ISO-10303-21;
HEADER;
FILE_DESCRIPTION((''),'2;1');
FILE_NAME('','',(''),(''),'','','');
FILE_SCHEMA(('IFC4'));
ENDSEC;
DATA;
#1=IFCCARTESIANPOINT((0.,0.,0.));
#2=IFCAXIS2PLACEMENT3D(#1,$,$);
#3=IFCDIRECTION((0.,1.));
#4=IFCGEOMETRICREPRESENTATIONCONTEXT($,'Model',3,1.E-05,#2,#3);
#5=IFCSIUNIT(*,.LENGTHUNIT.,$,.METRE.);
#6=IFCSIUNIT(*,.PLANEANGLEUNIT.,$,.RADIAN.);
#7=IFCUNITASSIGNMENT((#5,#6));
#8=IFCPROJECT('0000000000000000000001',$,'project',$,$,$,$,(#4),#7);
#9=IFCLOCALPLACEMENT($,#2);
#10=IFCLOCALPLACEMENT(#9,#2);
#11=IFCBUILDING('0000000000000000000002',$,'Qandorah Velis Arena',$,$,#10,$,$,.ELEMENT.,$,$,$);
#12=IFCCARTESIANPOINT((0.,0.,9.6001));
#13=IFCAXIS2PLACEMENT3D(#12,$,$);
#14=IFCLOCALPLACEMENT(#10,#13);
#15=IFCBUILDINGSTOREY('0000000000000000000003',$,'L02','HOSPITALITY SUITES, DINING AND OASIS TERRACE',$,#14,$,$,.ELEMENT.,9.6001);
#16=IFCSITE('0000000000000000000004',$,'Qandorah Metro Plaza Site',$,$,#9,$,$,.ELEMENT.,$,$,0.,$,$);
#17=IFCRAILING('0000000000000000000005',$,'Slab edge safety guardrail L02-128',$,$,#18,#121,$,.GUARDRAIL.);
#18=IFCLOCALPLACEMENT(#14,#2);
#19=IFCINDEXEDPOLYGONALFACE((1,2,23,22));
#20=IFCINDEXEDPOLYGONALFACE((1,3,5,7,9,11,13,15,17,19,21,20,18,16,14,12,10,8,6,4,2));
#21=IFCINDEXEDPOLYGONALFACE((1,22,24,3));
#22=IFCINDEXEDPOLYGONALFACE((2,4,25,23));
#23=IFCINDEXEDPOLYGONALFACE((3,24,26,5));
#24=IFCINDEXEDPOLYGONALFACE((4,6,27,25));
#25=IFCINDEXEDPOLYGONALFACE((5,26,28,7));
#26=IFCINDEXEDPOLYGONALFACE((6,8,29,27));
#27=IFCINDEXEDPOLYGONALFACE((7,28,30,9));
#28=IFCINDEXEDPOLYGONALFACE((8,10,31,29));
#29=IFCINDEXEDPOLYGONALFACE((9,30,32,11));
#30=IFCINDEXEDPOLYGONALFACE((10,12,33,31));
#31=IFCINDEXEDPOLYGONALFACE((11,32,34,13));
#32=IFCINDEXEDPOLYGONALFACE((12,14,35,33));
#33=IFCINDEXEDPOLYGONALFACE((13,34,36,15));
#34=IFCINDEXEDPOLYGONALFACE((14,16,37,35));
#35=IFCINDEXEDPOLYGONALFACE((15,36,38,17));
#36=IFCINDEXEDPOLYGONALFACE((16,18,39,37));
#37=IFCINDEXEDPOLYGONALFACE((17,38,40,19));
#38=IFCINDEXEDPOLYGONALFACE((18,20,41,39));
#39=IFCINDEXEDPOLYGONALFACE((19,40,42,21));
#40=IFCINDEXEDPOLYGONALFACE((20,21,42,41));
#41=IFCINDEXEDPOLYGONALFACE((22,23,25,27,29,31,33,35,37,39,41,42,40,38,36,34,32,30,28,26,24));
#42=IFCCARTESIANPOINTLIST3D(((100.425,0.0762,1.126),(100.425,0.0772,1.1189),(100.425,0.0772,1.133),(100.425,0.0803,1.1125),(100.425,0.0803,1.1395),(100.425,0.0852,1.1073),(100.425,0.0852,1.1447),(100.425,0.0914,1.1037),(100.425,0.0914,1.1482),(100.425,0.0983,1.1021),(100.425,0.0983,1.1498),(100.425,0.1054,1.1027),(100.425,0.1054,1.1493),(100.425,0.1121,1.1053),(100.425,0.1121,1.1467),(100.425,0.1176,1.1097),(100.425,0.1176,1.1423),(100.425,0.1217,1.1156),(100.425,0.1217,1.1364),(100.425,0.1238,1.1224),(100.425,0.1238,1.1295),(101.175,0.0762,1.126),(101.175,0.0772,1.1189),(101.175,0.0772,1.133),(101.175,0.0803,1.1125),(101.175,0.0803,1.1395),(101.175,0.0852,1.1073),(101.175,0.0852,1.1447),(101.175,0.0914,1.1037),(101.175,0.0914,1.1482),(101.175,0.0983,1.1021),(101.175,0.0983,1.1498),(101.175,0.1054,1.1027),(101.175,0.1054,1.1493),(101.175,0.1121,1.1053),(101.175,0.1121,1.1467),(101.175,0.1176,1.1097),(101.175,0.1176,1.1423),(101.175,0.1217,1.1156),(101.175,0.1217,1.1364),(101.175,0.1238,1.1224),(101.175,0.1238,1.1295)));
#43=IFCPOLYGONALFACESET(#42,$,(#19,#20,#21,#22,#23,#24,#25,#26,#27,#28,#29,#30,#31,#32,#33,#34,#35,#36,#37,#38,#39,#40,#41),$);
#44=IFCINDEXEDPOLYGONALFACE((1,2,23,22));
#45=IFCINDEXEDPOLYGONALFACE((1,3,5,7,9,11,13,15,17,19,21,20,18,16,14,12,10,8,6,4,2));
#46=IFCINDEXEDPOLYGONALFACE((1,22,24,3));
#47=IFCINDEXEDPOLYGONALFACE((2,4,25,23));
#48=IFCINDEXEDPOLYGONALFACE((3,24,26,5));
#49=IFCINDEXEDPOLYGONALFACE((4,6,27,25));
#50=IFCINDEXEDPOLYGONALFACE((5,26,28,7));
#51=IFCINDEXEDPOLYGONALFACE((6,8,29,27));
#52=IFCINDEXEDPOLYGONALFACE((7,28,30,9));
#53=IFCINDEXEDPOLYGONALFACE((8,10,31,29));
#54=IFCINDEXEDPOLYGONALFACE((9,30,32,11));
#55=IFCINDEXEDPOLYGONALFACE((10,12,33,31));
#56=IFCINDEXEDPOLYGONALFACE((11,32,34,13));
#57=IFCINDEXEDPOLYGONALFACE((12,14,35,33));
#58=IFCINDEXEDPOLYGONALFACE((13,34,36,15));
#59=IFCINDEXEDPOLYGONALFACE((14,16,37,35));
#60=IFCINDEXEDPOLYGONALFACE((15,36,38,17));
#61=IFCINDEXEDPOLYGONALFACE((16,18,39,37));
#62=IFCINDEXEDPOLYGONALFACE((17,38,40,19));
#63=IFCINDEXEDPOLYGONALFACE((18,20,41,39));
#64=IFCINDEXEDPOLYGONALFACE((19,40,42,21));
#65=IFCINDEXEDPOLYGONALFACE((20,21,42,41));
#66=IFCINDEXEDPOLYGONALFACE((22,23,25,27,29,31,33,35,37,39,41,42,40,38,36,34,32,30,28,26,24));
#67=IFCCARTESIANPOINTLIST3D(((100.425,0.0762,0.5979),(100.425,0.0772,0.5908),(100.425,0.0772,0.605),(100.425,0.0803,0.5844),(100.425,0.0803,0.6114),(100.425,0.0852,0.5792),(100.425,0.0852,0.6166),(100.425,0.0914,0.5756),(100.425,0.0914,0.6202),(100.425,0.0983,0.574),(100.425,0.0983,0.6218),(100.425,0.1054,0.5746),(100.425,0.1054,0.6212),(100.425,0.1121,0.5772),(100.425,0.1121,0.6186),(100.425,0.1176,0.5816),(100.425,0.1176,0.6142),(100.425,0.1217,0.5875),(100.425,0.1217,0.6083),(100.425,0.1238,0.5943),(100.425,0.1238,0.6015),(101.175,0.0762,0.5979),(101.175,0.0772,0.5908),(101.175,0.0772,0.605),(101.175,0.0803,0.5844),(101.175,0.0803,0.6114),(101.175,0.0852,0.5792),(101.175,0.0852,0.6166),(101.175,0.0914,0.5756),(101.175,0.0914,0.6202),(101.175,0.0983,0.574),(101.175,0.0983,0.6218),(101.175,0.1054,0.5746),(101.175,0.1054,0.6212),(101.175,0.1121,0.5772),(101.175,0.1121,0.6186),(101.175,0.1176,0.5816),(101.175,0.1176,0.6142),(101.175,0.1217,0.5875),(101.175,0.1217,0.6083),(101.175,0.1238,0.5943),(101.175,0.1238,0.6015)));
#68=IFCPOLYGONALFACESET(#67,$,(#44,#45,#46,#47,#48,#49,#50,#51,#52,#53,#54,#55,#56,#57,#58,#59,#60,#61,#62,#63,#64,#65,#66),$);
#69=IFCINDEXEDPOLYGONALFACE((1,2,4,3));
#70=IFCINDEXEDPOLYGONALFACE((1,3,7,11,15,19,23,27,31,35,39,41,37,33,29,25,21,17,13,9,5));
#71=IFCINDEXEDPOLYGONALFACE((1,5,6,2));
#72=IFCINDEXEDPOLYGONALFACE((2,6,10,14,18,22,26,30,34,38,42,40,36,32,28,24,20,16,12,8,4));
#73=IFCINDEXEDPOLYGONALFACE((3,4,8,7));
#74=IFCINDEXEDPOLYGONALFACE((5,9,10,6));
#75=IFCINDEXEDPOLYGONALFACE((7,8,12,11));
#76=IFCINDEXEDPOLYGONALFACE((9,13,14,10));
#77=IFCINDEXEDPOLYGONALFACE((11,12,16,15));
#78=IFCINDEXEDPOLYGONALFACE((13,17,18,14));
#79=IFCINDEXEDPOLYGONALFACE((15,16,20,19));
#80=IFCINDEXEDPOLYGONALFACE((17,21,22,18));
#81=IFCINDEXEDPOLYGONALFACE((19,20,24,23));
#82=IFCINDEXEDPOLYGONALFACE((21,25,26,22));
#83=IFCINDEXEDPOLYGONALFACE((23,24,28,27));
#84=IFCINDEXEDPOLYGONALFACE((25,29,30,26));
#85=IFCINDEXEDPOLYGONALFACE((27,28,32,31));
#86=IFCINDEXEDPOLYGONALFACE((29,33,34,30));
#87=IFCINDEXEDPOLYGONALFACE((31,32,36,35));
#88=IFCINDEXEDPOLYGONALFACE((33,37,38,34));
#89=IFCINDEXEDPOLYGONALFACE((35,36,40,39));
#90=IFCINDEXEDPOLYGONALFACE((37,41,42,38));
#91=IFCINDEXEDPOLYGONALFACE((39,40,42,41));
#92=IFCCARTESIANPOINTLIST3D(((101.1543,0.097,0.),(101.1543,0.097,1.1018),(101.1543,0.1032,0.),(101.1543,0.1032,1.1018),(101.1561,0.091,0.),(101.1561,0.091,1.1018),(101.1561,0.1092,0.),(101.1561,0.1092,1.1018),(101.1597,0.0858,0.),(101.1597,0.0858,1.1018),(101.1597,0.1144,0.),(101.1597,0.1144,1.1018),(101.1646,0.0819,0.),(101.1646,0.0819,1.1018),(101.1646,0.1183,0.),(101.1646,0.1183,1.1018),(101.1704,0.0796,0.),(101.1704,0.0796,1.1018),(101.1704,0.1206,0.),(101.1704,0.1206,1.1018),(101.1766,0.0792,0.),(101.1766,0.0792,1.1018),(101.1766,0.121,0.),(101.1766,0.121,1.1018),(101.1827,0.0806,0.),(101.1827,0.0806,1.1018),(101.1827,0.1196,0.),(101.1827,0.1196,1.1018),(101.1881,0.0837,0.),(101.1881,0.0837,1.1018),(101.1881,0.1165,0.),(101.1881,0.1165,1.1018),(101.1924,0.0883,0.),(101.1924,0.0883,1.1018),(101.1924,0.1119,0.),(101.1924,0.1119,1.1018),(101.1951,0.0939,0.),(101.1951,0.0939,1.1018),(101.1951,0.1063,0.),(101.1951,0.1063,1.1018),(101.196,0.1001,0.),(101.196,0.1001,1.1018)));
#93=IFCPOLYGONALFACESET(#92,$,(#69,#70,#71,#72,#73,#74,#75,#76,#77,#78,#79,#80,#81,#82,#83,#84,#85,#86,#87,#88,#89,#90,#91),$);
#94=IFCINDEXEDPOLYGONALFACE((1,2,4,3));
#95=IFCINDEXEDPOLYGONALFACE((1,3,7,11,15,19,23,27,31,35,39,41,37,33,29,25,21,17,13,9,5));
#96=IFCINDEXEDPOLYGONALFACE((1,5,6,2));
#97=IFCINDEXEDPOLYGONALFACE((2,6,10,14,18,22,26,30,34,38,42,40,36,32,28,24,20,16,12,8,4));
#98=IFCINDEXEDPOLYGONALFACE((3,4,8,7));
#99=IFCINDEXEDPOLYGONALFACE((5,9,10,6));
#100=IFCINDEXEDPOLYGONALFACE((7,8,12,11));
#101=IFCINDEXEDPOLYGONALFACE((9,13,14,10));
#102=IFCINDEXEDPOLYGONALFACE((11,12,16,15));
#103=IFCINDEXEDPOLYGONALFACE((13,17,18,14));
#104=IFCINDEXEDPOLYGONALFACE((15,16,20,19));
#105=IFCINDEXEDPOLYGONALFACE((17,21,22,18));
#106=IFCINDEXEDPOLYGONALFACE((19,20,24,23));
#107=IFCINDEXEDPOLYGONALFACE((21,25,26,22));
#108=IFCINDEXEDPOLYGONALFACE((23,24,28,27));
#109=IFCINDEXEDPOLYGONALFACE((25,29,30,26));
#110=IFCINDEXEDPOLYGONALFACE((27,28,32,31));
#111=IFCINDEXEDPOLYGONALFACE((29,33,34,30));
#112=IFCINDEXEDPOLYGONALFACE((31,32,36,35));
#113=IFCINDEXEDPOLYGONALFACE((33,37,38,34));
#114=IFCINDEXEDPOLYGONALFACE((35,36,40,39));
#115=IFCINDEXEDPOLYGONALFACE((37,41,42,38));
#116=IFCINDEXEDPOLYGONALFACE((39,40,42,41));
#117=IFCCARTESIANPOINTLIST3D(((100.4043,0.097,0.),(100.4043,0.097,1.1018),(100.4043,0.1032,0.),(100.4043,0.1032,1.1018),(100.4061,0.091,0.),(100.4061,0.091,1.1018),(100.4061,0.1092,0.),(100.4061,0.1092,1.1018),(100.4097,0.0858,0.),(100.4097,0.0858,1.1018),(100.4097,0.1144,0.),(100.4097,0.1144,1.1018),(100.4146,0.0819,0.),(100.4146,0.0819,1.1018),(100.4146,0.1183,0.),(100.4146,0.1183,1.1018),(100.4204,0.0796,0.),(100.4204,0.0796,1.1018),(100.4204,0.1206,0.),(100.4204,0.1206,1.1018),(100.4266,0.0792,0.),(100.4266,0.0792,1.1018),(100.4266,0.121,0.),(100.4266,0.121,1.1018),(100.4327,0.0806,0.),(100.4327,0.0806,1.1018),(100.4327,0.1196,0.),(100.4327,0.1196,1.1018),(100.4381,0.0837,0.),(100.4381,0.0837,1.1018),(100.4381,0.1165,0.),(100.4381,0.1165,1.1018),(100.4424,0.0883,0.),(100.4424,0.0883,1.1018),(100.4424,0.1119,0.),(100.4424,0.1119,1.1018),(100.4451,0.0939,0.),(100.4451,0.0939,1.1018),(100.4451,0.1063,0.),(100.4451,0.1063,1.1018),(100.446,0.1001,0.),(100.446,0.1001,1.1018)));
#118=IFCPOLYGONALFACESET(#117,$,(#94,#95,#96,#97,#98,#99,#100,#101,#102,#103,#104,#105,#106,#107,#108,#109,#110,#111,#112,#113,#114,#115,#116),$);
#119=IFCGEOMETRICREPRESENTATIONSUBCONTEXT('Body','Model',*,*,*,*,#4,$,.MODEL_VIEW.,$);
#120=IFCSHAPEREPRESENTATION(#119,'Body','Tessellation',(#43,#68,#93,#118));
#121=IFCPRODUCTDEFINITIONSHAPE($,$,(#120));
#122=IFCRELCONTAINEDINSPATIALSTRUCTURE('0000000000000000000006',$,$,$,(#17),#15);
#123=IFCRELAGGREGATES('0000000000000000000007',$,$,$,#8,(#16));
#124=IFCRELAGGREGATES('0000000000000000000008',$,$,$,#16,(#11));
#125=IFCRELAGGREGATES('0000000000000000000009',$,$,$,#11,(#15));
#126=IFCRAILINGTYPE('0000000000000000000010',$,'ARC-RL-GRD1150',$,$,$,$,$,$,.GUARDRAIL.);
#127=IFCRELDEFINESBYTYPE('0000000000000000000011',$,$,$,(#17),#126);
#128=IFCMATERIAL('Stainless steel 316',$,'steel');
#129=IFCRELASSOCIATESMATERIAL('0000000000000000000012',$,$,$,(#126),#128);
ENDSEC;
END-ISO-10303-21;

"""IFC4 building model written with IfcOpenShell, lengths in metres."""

from ifc_helpers import new_model, si_unit, direction, frame, origin, origin_2d, place, context, subcontext, project, spatial, circle, extrude, material, type_object, element, save


model = new_model("IFC4")

# Units and contexts
model_context = context("Model", 3, precision=1e-05, world=origin(), true_north=direction((0.0, 1.0)))
body_context = subcontext(model_context, "Body", "Model", "MODEL_VIEW")
ifc_project = project(units=[si_unit("LENGTHUNIT", "METRE"), si_unit("PLANEANGLEUNIT", "RADIAN")], contexts=[model_context])

# Site, building, storey
site_placement = place(None, origin())
site = spatial("IfcSite", under=ifc_project, at=site_placement, Name="Qandorah Metro Plaza Site", CompositionType="ELEMENT", RefElevation=0.0)
building_placement = place(site_placement, origin())
building = spatial("IfcBuilding", under=site, at=building_placement, Name="Qandorah Velis Arena", CompositionType="ELEMENT")
storey_placement = place(building_placement, frame((0.0, 0.0, 9.6001)))
storey = spatial("IfcBuildingStorey", under=building, at=storey_placement, Name="L02", Description="HOSPITALITY SUITES, DINING AND OASIS TERRACE", CompositionType="ELEMENT", Elevation=9.6001)

# Railing
ifc_material_1 = material(Name="Stainless steel 316", Category="steel")
railing_type = type_object("IfcRailingType", Name="ARC-RL-GRD1150", PredefinedType="GUARDRAIL", material=ifc_material_1)
railing_placement = place(storey_placement, frame((101.175, 0.1001, 0.0)))
element("IfcRailing", 1, at=railing_placement, inside=storey, type_object=railing_type, Name="Slab edge safety guardrail L02-128", PredefinedType="GUARDRAIL", context=body_context, shape_type="SweptSolid", body=[
    extrude(circle(Radius=0.0239, at=origin_2d()), frame((0.0, 0.0, 1.126), z_axis=(-1.0, 0.0, 0.0), x_axis=(0.0, -1.0, 0.0)), (0.0, 0.0, 1.0), 0.75),
    extrude(circle(Radius=0.0239, at=origin_2d()), frame((0.0, 0.0, 0.5979), z_axis=(-1.0, 0.0, 0.0), x_axis=(0.0, -1.0, 0.0)), (0.0, 0.0, 1.0), 0.75),
    extrude(circle(Radius=0.021, at=origin_2d()), origin(), (0.0, 0.0, 1.0), 1.1018),
    extrude(circle(Radius=0.021, at=origin_2d()), frame((-0.75, 0.0, 0.0)), (0.0, 0.0, 1.0), 1.1018),
])

save(model, "model.ifc")
